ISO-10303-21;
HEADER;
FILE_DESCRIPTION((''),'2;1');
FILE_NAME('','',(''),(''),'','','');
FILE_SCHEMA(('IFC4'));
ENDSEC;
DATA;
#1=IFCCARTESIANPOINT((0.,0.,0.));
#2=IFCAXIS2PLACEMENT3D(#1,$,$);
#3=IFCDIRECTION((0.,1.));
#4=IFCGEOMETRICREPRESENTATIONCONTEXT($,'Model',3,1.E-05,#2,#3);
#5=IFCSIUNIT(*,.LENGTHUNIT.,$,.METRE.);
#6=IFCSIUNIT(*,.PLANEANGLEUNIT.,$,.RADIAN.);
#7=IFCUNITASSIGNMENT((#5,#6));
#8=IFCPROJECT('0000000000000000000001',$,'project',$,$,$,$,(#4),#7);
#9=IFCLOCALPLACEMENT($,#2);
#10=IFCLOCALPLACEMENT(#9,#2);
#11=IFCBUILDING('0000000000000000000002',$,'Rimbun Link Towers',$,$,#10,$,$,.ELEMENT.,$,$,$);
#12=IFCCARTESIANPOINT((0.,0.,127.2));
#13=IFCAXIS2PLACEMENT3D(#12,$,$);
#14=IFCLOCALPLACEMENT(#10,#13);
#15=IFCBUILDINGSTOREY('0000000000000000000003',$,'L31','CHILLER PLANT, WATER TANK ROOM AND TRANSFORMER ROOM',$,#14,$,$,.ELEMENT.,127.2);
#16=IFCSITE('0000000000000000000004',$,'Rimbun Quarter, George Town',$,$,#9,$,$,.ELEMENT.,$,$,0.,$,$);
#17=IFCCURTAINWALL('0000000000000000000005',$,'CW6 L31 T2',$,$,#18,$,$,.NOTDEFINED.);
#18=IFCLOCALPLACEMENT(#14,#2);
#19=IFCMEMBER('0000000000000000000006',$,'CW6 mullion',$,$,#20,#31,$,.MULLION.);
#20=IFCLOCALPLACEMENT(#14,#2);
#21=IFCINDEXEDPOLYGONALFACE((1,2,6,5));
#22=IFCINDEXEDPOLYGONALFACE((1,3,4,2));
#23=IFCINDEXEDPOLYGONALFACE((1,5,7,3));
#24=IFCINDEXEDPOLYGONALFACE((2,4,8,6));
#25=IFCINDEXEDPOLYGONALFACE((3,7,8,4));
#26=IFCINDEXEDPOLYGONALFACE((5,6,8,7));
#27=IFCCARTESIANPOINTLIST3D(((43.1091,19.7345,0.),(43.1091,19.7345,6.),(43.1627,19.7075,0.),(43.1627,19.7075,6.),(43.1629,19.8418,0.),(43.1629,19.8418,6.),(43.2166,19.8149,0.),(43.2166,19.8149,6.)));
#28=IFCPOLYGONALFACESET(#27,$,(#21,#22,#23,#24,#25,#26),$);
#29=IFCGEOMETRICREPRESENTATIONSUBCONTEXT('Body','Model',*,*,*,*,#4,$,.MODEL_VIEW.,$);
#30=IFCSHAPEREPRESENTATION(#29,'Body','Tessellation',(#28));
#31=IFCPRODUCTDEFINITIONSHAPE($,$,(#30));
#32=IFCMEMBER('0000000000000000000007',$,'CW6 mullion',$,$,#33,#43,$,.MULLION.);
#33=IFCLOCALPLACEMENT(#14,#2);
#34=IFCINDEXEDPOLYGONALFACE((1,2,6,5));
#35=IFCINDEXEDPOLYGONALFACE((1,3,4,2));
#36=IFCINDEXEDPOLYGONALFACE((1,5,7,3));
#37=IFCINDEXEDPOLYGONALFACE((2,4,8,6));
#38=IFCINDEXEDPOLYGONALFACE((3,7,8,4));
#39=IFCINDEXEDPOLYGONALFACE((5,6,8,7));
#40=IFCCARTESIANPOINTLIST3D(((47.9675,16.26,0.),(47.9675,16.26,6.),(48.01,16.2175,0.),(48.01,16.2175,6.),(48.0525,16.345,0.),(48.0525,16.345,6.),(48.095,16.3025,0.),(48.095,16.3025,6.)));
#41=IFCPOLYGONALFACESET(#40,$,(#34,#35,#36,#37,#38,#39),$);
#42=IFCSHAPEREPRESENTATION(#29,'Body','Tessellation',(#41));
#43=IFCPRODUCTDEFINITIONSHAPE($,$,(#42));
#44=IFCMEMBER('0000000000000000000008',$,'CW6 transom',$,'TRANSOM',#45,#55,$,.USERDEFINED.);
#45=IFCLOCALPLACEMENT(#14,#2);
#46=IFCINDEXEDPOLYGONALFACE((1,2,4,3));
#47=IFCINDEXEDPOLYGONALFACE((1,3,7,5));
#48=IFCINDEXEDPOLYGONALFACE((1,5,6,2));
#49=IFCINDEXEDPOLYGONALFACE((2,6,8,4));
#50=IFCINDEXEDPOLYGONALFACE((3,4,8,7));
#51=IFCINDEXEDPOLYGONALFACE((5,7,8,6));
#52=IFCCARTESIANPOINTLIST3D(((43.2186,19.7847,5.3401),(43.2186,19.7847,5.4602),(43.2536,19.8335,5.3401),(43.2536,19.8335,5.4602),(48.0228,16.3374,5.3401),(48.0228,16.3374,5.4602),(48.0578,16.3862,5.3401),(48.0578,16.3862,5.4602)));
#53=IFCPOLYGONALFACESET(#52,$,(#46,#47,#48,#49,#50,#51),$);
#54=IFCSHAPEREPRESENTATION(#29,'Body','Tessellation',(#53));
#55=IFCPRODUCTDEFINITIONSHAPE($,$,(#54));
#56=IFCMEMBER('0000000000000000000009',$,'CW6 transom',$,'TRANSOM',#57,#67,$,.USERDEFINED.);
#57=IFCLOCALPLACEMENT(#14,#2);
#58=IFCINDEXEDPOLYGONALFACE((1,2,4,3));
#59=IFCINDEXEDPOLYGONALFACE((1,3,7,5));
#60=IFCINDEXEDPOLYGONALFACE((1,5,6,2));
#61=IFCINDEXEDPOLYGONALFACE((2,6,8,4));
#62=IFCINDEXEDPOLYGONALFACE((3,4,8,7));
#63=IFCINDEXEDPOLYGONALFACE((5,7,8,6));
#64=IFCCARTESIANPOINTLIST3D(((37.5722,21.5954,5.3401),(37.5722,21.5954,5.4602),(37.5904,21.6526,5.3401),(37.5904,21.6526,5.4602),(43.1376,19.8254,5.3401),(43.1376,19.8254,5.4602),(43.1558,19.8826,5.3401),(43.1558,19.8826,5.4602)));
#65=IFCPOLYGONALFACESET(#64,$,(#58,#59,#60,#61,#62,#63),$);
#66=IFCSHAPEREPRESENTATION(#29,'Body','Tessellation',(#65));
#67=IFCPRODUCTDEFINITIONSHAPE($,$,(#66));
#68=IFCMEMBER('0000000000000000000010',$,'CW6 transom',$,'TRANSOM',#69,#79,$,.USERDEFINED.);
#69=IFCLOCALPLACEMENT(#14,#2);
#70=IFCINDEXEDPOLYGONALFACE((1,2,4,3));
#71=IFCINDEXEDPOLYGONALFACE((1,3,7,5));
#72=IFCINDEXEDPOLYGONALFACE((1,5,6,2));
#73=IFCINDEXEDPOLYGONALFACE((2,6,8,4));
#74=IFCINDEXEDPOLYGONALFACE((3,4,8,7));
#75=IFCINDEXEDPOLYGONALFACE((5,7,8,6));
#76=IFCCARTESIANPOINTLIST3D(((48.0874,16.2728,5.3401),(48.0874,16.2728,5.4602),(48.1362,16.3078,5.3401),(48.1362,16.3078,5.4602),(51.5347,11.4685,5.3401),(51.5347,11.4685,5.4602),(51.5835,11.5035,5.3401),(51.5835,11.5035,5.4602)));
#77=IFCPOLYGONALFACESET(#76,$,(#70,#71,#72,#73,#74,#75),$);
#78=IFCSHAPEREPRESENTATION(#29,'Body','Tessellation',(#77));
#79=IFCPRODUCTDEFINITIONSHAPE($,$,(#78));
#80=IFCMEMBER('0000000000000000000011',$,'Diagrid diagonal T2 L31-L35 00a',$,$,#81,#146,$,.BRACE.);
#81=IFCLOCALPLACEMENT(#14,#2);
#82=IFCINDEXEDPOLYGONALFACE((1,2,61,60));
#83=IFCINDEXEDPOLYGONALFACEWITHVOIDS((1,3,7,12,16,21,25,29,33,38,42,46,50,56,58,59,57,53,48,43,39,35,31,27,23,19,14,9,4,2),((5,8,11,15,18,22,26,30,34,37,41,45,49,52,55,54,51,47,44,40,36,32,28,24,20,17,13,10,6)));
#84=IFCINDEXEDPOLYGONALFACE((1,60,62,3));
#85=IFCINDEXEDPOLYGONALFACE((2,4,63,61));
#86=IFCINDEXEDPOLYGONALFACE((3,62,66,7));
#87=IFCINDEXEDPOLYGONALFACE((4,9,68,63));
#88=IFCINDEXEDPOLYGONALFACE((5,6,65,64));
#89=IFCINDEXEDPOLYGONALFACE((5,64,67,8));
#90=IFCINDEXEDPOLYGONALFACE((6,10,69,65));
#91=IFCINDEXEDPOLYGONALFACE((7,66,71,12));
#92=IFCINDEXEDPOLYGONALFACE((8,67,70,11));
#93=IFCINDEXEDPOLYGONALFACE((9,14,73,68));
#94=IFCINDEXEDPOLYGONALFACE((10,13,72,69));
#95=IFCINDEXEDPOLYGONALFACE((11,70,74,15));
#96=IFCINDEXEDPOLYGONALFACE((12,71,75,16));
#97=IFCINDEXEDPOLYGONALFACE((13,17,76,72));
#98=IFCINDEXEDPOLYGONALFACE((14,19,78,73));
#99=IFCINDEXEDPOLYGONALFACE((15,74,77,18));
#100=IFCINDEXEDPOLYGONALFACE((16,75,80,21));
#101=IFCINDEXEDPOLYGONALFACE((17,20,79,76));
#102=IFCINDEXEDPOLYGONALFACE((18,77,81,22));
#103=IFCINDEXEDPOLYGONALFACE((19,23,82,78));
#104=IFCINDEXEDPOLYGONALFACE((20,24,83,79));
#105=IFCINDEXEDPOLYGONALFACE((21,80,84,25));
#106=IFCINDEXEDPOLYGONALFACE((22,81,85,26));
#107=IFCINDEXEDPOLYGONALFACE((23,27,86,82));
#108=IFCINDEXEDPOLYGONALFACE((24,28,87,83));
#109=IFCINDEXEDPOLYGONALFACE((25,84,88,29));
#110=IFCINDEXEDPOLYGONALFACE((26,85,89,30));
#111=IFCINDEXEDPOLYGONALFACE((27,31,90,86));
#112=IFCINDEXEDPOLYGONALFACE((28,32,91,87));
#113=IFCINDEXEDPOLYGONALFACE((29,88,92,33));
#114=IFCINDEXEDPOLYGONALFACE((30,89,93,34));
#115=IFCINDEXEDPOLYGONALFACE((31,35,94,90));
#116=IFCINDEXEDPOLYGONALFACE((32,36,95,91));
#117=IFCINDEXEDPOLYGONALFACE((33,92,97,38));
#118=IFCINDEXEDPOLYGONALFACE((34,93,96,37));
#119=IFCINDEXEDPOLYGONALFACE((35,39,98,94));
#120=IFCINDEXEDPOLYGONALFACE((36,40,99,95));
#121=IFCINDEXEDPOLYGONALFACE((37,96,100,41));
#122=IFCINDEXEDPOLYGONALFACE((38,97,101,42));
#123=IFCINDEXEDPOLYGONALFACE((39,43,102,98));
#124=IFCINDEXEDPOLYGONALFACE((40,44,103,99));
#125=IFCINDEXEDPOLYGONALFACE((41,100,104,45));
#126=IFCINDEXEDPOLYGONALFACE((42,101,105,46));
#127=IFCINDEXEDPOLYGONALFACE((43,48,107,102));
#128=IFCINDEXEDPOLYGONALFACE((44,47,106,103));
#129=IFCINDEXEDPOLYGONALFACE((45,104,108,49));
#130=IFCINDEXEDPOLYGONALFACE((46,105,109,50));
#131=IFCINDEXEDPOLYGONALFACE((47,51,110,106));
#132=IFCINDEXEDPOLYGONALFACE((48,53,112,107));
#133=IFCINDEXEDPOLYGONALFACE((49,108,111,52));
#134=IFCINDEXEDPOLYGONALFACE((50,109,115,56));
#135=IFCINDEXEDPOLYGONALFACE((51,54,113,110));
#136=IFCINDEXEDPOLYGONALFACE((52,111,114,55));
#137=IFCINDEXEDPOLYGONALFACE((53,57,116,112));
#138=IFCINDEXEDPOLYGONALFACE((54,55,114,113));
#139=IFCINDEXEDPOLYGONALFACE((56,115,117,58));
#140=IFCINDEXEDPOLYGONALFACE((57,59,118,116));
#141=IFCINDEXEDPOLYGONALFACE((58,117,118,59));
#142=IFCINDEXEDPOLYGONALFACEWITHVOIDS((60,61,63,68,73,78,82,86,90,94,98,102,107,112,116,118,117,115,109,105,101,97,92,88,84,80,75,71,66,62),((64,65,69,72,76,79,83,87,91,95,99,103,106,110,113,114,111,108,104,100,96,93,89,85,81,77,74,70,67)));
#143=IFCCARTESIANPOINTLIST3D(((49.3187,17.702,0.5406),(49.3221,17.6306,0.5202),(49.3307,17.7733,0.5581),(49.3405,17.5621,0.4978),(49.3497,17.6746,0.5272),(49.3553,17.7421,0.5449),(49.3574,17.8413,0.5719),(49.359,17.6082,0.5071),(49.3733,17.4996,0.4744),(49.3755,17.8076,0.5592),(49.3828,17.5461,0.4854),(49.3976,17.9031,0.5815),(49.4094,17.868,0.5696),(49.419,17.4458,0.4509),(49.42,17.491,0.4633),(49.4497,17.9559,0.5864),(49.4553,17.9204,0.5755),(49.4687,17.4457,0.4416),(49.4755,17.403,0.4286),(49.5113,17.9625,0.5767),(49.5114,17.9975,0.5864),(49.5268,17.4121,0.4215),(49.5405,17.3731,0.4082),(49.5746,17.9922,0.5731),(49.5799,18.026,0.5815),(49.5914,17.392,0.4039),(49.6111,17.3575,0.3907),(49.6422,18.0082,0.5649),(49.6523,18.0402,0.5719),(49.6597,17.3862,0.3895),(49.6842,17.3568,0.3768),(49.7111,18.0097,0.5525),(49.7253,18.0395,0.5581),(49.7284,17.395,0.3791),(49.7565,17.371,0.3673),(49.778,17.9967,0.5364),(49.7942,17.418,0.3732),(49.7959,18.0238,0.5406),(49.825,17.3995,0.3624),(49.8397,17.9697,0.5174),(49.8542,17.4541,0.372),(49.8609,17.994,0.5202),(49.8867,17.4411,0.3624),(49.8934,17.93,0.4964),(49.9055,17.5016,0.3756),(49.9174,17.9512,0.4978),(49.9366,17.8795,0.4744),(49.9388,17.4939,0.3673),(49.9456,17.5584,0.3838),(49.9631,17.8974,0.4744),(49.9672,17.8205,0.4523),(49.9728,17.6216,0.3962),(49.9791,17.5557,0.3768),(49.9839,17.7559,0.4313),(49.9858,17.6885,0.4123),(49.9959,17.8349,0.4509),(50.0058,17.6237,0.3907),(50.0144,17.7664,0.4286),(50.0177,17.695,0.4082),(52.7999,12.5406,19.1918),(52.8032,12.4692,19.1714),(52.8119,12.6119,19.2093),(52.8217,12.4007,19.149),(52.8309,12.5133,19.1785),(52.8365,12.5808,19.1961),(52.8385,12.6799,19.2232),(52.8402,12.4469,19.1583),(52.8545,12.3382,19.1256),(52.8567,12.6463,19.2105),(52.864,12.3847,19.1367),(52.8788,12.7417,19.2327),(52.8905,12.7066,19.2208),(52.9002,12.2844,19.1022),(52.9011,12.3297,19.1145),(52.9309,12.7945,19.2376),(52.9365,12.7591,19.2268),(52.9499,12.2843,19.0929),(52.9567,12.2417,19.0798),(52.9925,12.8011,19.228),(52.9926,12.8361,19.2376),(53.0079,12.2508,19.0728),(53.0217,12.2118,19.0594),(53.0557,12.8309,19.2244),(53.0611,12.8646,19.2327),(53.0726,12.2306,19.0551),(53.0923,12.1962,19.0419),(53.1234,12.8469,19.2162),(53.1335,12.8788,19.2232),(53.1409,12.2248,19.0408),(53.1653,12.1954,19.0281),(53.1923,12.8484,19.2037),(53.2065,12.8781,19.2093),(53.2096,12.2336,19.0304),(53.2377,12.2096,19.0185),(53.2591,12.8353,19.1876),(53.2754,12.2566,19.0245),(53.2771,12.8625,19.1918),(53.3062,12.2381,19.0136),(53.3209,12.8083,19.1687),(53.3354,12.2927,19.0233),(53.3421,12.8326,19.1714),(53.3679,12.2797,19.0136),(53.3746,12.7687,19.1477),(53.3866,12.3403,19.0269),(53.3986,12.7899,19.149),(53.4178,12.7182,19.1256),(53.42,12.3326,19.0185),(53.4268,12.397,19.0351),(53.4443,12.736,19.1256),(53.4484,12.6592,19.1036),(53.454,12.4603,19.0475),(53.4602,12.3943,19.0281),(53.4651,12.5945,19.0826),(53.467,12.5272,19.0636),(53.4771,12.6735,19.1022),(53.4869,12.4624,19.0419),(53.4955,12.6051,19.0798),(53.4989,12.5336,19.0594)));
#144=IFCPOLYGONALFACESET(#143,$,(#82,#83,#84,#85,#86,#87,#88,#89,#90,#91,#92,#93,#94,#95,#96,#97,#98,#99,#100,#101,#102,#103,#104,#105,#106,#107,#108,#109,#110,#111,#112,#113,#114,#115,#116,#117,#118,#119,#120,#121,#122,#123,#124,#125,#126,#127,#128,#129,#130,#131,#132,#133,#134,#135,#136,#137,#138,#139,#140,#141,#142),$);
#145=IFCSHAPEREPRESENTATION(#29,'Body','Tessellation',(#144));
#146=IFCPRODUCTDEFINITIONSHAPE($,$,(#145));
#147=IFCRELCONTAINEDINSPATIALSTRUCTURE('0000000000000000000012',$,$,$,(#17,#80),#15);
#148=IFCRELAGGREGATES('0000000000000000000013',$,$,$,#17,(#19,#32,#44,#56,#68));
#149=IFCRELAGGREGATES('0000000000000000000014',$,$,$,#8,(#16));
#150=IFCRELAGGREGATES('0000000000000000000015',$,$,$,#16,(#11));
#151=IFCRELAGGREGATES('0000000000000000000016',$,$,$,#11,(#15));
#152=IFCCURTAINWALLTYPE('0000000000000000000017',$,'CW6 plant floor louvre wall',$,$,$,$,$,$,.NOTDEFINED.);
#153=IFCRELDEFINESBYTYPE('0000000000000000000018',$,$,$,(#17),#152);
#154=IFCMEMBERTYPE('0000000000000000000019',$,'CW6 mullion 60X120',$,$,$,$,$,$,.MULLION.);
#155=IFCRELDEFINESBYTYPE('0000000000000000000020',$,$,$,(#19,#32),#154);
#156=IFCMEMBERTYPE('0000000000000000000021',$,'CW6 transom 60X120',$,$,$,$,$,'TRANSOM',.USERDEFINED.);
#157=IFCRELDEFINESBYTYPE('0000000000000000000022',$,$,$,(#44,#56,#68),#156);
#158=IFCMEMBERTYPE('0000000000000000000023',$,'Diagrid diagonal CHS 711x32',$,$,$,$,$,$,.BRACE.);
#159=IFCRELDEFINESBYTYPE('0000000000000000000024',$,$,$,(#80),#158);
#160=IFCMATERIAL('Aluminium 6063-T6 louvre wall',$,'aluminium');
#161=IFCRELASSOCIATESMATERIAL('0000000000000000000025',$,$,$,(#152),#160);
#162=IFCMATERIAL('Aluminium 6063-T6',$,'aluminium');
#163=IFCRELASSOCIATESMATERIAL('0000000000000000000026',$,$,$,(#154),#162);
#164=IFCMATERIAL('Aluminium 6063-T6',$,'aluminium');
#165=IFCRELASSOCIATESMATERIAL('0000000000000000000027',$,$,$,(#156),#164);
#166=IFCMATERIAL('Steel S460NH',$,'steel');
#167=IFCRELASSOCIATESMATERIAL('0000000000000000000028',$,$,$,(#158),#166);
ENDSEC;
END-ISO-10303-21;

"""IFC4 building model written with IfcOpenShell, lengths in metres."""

from ifc_helpers import new_model, si_unit, direction, frame, origin, origin_2d, place, context, subcontext, project, spatial, rectangle, hollow_circle, extrude, material, material_profile, profile_set, type_object, element, aggregate, save


model = new_model("IFC4")

# Units and contexts
model_context = context("Model", 3, precision=1e-05, world=origin(), true_north=direction((0.0, 1.0)))
body_context = subcontext(model_context, "Body", "Model", "MODEL_VIEW")
ifc_project = project(units=[si_unit("LENGTHUNIT", "METRE"), si_unit("PLANEANGLEUNIT", "RADIAN")], contexts=[model_context])

# Site, building, storey
site_placement = place(None, origin())
site = spatial("IfcSite", under=ifc_project, at=site_placement, Name="Rimbun Quarter, George Town", CompositionType="ELEMENT", RefElevation=0.0)
building_placement = place(site_placement, origin())
building = spatial("IfcBuilding", under=site, at=building_placement, Name="Rimbun Link Towers", CompositionType="ELEMENT")
storey_placement = place(building_placement, frame((0.0, 0.0, 127.2)))
storey = spatial("IfcBuildingStorey", under=building, at=storey_placement, Name="L31", Description="CHILLER PLANT, WATER TANK ROOM AND TRANSFORMER ROOM", CompositionType="ELEMENT", Elevation=127.2)

# Curtain wall, members
ifc_material_1 = material(Name="Aluminium 6063-T6 louvre wall", Category="aluminium")
curtain_wall_type = type_object("IfcCurtainWallType", Name="CW6 plant floor louvre wall", PredefinedType="NOTDEFINED", material=ifc_material_1)
curtain_wall_placement = place(storey_placement, origin())
curtain_wall = element("IfcCurtainWall", 1, at=curtain_wall_placement, inside=storey, type_object=curtain_wall_type, Name="CW6 L31 T2", PredefinedType="NOTDEFINED")
ifc_material_2 = material(Name="Aluminium 6063-T6", Category="aluminium")
ifc_material_profile_1 = material_profile(ifc_material_2, rectangle(XDim=0.1201, YDim=0.0601, at=origin_2d()), Name="MULLION 60X120")
ifc_profile_set_1 = profile_set([ifc_material_profile_1], Name="Aluminium 6063-T6")
member_type_1 = type_object("IfcMemberType", Name="CW6 mullion 60X120", PredefinedType="MULLION", material=ifc_profile_set_1)
member_1_placement = place(storey_placement, frame((43.1628, 19.7747, 0.0), z_axis=(0.0, 0.0, 1.0), x_axis=(0.448575, 0.893745, 0.0)))
member_1 = element("IfcMember", 2, at=member_1_placement, type_object=member_type_1, Name="CW6 mullion", PredefinedType="MULLION", context=body_context, shape_type="SweptSolid", body=[
    extrude(rectangle(XDim=0.1201, YDim=0.0601, at=origin_2d()), origin(), (0.0, 0.0, 1.0), 6.0),
])
member_2_placement = place(storey_placement, frame((48.0312, 16.2812, 0.0), z_axis=(0.0, 0.0, 1.0), x_axis=(0.707107, 0.707107, 0.0)))
member_2 = element("IfcMember", 3, at=member_2_placement, type_object=member_type_1, Name="CW6 mullion", PredefinedType="MULLION", context=body_context, shape_type="SweptSolid", body=[
    extrude(rectangle(XDim=0.1201, YDim=0.0601, at=origin_2d()), origin(), (0.0, 0.0, 1.0), 6.0),
])
ifc_material_3 = material(Name="Aluminium 6063-T6", Category="aluminium")
ifc_material_profile_2 = material_profile(ifc_material_3, rectangle(XDim=0.0601, YDim=0.1201, at=origin_2d()), Name="TRANSOM 60X120")
ifc_profile_set_2 = profile_set([ifc_material_profile_2], Name="Aluminium 6063-T6")
member_type_2 = type_object("IfcMemberType", Name="CW6 transom 60X120", ElementType="TRANSOM", PredefinedType="USERDEFINED", material=ifc_profile_set_2)
member_3_placement = place(storey_placement, frame((43.2361, 19.8091, 5.4001), z_axis=(0.812476, -0.582994, 0.0), x_axis=(0.582994, 0.812476, 0.0)))
member_3 = element("IfcMember", 4, at=member_3_placement, type_object=member_type_2, Name="CW6 transom", ObjectType="TRANSOM", PredefinedType="USERDEFINED", context=body_context, shape_type="SweptSolid", body=[
    extrude(rectangle(XDim=0.0601, YDim=0.1201, at=origin_2d()), origin(), (0.0, 0.0, 1.0), 5.9131),
])
member_4_placement = place(storey_placement, frame((37.5813, 21.624, 5.4001), z_axis=(0.952965, -0.303079, 0.0), x_axis=(0.303079, 0.952965, 0.0)))
member_4 = element("IfcMember", 5, at=member_4_placement, type_object=member_type_2, Name="CW6 transom", ObjectType="TRANSOM", PredefinedType="USERDEFINED", context=body_context, shape_type="SweptSolid", body=[
    extrude(rectangle(XDim=0.0601, YDim=0.1201, at=origin_2d()), origin(), (0.0, 0.0, 1.0), 5.8401),
])
member_5_placement = place(storey_placement, frame((48.1118, 16.2903, 5.4001), z_axis=(0.582994, -0.812476, 0.0), x_axis=(0.812476, 0.582994, 0.0)))
member_5 = element("IfcMember", 6, at=member_5_placement, type_object=member_type_2, Name="CW6 transom", ObjectType="TRANSOM", PredefinedType="USERDEFINED", context=body_context, shape_type="SweptSolid", body=[
    extrude(rectangle(XDim=0.0601, YDim=0.1201, at=origin_2d()), origin(), (0.0, 0.0, 1.0), 5.9131),
])

# Member
ifc_material_4 = material(Name="Steel S460NH", Category="steel")
ifc_material_profile_3 = material_profile(ifc_material_4, hollow_circle(Radius=0.3557, WallThickness=0.032, at=origin_2d()), Name="Diagrid diagonal CHS 711x32")
ifc_profile_set_3 = profile_set([ifc_material_profile_3], Name="Steel S460NH")
member_type_3 = type_object("IfcMemberType", Name="Diagrid diagonal CHS 711x32", PredefinedType="BRACE", material=ifc_profile_set_3)
for number, where, z_axis, x_axis, name in (
    (7, (49.6682, 17.6985, 0.4744), (0.177044, -0.262492, 0.948553), (0.829052, 0.559172, 0.0), "Diagrid diagonal T2 L31-L35 00a"),
):
    element("IfcMember", number, at=place(storey_placement, frame(where, z_axis=z_axis, x_axis=x_axis)), inside=storey, type_object=member_type_3, Name=name, PredefinedType="BRACE", context=body_context, shape_type="SweptSolid", body=[
        extrude(hollow_circle(Radius=0.3557, WallThickness=0.032, at=origin_2d()), origin(), (0.0, 0.0, 1.0), 19.6628),
    ])

aggregate(curtain_wall, [member_1, member_2, member_3, member_4, member_5])

save(model, "model.ifc")
